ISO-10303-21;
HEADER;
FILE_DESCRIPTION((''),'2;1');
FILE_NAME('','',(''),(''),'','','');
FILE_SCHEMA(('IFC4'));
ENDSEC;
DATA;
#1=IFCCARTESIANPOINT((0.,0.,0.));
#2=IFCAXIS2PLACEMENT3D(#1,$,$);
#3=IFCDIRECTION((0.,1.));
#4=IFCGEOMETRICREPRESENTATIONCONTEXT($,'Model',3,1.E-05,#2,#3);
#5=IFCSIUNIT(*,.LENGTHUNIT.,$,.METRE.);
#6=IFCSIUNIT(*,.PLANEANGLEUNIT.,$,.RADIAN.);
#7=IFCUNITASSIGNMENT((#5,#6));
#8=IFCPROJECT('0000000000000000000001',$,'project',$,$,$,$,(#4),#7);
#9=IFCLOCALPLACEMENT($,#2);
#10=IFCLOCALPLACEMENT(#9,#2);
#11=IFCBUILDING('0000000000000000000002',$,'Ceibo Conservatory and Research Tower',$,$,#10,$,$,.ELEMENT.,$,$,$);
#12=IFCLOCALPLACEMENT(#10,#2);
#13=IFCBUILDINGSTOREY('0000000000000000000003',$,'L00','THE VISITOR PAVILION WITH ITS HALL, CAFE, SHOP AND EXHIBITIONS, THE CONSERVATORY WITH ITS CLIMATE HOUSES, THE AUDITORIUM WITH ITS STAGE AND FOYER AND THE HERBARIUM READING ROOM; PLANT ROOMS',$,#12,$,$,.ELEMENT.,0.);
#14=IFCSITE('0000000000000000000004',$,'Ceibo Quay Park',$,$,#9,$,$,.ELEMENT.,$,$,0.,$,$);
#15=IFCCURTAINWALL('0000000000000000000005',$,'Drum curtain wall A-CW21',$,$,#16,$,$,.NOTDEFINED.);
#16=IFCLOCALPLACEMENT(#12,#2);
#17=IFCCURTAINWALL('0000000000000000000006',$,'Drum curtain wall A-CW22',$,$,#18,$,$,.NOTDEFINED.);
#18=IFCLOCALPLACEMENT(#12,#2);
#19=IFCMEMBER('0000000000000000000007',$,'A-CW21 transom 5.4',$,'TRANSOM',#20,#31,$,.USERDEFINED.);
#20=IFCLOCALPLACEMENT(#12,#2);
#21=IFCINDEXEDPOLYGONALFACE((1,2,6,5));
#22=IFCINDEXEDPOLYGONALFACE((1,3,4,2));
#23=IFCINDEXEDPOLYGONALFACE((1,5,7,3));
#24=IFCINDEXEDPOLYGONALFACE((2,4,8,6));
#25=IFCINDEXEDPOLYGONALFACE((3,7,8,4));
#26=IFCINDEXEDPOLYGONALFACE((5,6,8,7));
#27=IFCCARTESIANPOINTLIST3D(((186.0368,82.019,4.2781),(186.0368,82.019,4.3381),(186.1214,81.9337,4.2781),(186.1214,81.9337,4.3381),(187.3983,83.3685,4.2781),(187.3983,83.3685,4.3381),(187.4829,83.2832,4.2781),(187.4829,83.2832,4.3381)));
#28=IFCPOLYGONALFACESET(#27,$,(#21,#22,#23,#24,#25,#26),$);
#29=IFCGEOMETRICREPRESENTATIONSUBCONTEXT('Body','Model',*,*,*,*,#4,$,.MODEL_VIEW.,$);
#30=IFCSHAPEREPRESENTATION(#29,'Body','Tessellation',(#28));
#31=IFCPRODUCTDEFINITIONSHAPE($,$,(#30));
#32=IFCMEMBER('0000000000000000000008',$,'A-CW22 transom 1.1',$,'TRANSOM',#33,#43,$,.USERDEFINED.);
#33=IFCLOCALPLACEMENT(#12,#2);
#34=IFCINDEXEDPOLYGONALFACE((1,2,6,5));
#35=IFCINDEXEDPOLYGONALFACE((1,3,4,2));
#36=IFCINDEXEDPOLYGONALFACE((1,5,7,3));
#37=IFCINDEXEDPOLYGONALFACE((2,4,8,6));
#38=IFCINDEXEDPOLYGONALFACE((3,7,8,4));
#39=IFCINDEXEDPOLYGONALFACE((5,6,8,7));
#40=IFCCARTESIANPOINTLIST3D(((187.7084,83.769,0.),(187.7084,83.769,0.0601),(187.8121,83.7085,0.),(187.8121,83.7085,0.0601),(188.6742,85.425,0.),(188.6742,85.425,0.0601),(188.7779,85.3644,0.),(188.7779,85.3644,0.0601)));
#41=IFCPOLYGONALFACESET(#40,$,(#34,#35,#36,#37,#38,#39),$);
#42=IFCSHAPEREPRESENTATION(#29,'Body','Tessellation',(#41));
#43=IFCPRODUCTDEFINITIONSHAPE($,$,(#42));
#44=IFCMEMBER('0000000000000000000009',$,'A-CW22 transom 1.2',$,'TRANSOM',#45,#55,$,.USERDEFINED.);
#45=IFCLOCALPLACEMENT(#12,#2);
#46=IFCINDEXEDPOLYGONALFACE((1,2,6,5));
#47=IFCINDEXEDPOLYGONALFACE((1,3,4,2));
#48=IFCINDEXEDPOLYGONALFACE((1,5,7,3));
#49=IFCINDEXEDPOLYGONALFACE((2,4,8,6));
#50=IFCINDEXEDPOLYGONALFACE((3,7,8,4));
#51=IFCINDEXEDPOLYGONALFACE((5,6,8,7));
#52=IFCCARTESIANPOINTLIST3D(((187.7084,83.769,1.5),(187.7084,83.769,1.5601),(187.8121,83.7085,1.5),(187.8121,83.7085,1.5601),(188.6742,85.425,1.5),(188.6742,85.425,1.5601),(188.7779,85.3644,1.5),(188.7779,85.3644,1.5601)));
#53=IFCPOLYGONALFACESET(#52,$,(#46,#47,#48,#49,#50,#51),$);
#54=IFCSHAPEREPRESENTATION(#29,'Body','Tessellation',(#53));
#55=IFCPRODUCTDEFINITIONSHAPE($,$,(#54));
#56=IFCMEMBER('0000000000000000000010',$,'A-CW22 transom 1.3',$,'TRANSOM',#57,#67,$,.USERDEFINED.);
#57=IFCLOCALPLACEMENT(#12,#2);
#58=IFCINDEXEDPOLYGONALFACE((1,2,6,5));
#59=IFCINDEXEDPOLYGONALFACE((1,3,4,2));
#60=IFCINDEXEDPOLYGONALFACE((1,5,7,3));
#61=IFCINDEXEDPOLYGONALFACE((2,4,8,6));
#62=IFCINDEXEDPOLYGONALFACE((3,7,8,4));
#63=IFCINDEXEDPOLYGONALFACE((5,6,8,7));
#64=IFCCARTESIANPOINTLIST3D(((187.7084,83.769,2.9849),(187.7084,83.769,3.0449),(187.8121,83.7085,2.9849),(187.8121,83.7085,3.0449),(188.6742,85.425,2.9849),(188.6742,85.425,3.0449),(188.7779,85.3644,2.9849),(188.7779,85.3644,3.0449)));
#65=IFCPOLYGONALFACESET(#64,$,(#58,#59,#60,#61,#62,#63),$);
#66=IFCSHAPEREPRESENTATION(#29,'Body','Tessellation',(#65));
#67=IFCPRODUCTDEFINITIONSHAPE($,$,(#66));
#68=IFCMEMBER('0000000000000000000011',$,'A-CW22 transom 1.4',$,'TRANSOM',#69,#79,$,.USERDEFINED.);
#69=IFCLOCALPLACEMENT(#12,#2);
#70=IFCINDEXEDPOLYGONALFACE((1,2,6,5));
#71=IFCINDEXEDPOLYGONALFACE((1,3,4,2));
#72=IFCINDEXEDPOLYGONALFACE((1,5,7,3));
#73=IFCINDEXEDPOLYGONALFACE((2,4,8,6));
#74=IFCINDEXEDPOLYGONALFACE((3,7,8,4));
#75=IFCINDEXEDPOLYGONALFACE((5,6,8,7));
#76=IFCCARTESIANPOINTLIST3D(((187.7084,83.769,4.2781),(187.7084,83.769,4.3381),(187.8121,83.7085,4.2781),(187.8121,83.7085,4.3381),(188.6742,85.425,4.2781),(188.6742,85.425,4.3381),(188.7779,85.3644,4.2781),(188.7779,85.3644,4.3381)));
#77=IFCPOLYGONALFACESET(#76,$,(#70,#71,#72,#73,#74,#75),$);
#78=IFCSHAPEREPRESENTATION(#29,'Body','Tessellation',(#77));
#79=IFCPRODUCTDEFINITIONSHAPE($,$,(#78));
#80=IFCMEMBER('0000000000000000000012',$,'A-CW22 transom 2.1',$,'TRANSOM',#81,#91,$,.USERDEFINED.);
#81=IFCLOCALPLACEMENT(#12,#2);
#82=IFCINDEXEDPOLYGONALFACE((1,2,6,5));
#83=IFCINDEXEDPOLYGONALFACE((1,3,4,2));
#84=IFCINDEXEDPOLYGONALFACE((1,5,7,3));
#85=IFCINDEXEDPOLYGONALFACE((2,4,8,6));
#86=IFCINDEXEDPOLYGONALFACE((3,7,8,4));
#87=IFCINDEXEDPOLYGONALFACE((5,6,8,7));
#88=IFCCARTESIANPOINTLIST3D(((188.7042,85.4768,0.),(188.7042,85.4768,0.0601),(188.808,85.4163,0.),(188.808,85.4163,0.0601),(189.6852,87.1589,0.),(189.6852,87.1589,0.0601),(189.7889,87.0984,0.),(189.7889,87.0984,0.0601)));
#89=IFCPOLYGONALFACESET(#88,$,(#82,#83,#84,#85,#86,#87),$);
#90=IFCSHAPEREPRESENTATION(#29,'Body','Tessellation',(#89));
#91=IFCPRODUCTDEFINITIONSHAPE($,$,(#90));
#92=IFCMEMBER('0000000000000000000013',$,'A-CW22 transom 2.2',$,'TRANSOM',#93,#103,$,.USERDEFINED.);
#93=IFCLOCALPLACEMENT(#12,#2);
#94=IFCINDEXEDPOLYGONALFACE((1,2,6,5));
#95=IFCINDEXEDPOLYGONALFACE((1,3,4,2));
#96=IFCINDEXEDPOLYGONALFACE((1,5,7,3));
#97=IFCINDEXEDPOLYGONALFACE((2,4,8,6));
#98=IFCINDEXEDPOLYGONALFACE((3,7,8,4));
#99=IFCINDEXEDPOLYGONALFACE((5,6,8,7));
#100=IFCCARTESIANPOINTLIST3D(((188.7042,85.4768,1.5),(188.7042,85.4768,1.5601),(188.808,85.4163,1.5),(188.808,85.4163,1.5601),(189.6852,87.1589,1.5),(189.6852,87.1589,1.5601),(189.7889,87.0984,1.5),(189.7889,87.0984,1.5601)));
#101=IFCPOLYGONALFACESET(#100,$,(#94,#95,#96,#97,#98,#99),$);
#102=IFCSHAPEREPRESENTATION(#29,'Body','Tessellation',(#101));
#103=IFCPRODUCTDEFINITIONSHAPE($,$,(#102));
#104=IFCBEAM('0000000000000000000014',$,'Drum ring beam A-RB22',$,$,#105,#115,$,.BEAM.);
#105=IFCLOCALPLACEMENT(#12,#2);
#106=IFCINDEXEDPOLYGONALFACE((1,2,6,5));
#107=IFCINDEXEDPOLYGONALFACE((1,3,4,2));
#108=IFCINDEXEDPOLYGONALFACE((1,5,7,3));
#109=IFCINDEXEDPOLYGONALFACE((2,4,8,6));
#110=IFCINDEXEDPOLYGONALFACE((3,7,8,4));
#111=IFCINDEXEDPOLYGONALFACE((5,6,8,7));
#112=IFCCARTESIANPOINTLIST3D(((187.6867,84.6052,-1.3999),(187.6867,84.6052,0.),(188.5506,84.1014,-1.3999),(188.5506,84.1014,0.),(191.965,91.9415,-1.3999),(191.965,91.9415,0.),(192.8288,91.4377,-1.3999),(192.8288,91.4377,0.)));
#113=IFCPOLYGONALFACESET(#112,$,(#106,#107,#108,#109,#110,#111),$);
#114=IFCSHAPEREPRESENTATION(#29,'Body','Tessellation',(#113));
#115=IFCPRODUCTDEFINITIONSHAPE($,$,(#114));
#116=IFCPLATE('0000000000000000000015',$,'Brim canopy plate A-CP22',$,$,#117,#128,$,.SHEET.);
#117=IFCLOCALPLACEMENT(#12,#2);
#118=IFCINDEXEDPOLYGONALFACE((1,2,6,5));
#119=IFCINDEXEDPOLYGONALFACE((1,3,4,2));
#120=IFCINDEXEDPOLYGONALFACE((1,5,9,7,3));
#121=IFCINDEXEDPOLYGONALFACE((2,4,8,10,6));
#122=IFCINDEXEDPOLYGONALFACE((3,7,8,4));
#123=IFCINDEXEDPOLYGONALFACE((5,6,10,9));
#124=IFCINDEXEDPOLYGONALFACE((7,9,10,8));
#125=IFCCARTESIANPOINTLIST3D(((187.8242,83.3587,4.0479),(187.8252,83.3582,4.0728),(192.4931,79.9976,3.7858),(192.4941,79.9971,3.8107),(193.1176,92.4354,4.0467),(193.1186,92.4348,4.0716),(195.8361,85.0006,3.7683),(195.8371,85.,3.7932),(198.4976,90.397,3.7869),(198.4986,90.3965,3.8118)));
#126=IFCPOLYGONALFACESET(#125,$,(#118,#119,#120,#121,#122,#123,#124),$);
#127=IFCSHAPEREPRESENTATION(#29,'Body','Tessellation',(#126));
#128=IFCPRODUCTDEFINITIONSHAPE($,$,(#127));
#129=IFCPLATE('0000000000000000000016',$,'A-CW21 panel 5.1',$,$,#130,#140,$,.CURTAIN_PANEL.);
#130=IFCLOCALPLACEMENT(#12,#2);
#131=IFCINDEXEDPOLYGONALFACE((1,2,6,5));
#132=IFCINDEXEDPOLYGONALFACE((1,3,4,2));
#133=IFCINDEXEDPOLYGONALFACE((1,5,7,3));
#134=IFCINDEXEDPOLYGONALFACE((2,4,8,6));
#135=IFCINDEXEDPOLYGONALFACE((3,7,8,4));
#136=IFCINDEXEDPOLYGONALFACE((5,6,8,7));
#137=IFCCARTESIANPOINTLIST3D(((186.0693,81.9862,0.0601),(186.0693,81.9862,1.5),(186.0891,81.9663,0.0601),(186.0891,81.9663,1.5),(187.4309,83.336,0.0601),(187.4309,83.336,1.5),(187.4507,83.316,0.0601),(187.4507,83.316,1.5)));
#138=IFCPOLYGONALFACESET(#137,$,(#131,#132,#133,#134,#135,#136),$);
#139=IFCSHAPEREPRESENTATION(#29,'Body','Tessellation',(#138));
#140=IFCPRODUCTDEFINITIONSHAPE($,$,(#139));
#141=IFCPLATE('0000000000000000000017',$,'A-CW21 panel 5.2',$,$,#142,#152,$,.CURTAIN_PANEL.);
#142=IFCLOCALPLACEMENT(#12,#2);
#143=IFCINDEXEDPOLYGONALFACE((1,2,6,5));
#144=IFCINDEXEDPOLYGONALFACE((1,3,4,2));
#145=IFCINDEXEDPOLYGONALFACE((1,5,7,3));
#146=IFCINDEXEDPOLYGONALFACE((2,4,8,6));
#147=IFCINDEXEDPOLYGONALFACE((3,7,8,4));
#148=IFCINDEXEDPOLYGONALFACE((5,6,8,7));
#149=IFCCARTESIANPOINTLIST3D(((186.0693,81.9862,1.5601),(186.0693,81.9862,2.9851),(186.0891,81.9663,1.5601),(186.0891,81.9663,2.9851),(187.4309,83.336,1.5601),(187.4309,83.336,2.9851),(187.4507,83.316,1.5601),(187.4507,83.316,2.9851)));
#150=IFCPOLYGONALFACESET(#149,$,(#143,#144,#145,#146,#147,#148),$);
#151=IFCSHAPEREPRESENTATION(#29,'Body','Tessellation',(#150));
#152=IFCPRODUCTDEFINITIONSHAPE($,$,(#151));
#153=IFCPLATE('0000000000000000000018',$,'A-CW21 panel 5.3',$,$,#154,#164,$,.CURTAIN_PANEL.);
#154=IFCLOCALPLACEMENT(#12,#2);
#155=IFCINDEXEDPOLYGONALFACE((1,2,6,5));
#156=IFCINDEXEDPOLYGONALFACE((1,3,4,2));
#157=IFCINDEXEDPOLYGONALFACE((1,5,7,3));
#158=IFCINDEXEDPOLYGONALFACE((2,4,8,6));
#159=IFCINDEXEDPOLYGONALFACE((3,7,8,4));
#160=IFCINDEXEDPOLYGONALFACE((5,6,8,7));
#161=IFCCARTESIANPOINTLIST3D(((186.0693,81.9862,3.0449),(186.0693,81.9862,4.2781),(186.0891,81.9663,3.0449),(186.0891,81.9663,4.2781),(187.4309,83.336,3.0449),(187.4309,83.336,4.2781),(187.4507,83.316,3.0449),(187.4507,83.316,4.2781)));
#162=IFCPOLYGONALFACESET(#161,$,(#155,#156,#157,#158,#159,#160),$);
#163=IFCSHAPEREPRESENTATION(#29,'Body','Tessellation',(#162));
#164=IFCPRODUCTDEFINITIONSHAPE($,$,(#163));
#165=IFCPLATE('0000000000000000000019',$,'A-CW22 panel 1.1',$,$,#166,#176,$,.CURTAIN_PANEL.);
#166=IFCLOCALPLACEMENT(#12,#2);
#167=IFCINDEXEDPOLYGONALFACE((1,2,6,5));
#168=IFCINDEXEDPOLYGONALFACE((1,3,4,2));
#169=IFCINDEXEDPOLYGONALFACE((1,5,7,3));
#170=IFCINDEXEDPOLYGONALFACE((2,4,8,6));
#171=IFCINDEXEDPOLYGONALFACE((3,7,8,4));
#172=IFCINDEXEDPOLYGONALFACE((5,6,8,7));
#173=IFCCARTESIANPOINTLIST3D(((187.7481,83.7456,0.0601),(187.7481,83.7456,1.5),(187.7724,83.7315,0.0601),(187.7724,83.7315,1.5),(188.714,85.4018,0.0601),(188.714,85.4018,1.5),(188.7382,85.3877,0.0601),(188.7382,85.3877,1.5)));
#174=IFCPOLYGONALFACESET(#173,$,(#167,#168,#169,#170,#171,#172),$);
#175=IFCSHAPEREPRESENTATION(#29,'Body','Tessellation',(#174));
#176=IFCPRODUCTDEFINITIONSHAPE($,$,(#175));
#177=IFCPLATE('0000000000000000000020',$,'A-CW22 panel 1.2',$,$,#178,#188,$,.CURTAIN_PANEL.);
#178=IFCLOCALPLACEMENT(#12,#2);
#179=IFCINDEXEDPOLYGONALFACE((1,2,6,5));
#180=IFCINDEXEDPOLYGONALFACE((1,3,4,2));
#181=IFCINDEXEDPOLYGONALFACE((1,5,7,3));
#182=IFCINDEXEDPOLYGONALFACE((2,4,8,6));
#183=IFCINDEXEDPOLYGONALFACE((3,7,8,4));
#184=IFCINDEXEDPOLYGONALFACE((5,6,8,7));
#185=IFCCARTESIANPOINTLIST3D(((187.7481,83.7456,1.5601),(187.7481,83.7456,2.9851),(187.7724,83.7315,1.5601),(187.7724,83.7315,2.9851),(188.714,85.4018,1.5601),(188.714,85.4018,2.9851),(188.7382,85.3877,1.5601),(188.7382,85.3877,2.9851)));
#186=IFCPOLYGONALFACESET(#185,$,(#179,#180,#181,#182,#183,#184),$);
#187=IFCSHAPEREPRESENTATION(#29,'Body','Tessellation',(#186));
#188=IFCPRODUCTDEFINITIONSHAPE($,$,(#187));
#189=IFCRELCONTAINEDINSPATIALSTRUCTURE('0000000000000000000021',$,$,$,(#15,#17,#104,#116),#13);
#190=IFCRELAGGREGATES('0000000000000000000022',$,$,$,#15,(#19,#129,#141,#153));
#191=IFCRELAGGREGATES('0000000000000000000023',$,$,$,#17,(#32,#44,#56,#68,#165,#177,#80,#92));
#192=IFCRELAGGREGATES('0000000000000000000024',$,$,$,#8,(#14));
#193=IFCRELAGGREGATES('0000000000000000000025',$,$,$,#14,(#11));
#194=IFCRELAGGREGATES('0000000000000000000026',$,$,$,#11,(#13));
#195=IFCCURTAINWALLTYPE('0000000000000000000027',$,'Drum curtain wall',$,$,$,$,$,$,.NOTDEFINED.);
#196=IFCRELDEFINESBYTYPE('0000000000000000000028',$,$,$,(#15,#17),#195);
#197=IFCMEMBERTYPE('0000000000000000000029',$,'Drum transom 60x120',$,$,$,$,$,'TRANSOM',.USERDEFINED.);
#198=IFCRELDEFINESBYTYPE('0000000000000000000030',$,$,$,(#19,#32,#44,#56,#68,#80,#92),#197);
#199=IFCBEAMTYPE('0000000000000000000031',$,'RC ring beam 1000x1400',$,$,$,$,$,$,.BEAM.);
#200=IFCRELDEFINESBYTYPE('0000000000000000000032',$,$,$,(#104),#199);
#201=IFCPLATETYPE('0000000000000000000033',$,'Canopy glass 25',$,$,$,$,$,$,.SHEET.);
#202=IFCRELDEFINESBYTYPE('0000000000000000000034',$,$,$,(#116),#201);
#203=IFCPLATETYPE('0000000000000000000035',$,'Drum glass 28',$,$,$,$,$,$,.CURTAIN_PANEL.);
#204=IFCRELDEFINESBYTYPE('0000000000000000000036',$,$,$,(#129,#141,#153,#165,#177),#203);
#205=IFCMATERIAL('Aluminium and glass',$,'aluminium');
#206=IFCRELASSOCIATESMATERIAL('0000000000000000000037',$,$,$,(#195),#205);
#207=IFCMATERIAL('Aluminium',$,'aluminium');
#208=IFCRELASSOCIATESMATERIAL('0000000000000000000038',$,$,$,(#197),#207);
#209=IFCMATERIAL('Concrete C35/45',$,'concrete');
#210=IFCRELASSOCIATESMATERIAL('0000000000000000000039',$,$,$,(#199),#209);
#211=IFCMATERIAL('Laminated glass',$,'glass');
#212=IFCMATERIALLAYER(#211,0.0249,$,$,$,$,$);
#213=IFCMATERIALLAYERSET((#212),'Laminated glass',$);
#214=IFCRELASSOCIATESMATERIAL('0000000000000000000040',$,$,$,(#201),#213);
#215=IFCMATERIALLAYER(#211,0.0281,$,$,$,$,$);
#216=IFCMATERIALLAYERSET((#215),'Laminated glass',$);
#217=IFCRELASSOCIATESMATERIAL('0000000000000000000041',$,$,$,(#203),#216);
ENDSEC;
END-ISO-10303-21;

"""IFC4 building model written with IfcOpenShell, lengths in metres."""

from ifc_helpers import new_model, si_unit, direction, frame, origin, origin_2d, place, context, subcontext, project, spatial, polyline, rectangle, outline, extrude, material, layer, layer_set, material_profile, profile_set, type_object, element, aggregate, save


model = new_model("IFC4")

# Units and contexts
model_context = context("Model", 3, precision=1e-05, world=origin(), true_north=direction((0.0, 1.0)))
body_context = subcontext(model_context, "Body", "Model", "MODEL_VIEW")
ifc_project = project(units=[si_unit("LENGTHUNIT", "METRE"), si_unit("PLANEANGLEUNIT", "RADIAN")], contexts=[model_context])

# Site, building, storey
site_placement = place(None, origin())
site = spatial("IfcSite", under=ifc_project, at=site_placement, Name="Ceibo Quay Park", CompositionType="ELEMENT", RefElevation=0.0)
building_placement = place(site_placement, origin())
building = spatial("IfcBuilding", under=site, at=building_placement, Name="Ceibo Conservatory and Research Tower", CompositionType="ELEMENT")
storey_placement = place(building_placement, origin())
storey = spatial("IfcBuildingStorey", under=building, at=storey_placement, Name="L00", Description="THE VISITOR PAVILION WITH ITS HALL, CAFE, SHOP AND EXHIBITIONS, THE CONSERVATORY WITH ITS CLIMATE HOUSES, THE AUDITORIUM WITH ITS STAGE AND FOYER AND THE HERBARIUM READING ROOM; PLANT ROOMS", CompositionType="ELEMENT", Elevation=0.0)

# Shared definitions
ifc_material_1 = material(Name="Concrete C35/45", Category="concrete")

# Curtain wall
ifc_material_2 = material(Name="Aluminium and glass", Category="aluminium")
curtain_wall_type = type_object("IfcCurtainWallType", Name="Drum curtain wall", PredefinedType="NOTDEFINED", material=ifc_material_2)
curtain_wall_1_placement = place(storey_placement, origin())
curtain_wall_1 = element("IfcCurtainWall", 1, at=curtain_wall_1_placement, inside=storey, type_object=curtain_wall_type, Name="Drum curtain wall A-CW21", PredefinedType="NOTDEFINED")
ifc_material_3 = material(Name="Aluminium", Category="aluminium")

# Curtain wall
curtain_wall_2_placement = place(storey_placement, origin())
curtain_wall_2 = element("IfcCurtainWall", 2, at=curtain_wall_2_placement, inside=storey, type_object=curtain_wall_type, Name="Drum curtain wall A-CW22", PredefinedType="NOTDEFINED")

# Members
ifc_material_profile_1 = material_profile(ifc_material_3, rectangle(XDim=0.1201, YDim=0.0601, at=origin_2d()), Name="AL 60x120")
ifc_profile_set_1 = profile_set([ifc_material_profile_1], Name="Aluminium")
member_type_1 = type_object("IfcMemberType", Name="Drum transom 60x120", ElementType="TRANSOM", PredefinedType="USERDEFINED", material=ifc_profile_set_1)
member_1_placement = place(storey_placement, frame((186.0791, 81.9763, 4.3081), z_axis=(0.71022, 0.70398, 0.0), x_axis=(-0.70398, 0.71022, 0.0)))
member_1 = element("IfcMember", 3, at=member_1_placement, type_object=member_type_1, Name="A-CW21 transom 5.4", ObjectType="TRANSOM", PredefinedType="USERDEFINED", context=body_context, shape_type="SweptSolid", body=[
    extrude(rectangle(XDim=0.1201, YDim=0.0601, at=origin_2d()), origin(), (0.0, 0.0, 1.0), 1.917),
])
member_2_placement = place(storey_placement, frame((187.7603, 83.7388, 0.03), z_axis=(0.5038, 0.86382, 0.0), x_axis=(-0.86382, 0.5038, 0.0)))
member_2 = element("IfcMember", 4, at=member_2_placement, type_object=member_type_1, Name="A-CW22 transom 1.1", ObjectType="TRANSOM", PredefinedType="USERDEFINED", context=body_context, shape_type="SweptSolid", body=[
    extrude(rectangle(XDim=0.1201, YDim=0.0601, at=origin_2d()), origin(), (0.0, 0.0, 1.0), 1.917),
])
member_3_placement = place(storey_placement, frame((187.7603, 83.7388, 1.53), z_axis=(0.5038, 0.86382, 0.0), x_axis=(-0.86382, 0.5038, 0.0)))
member_3 = element("IfcMember", 5, at=member_3_placement, type_object=member_type_1, Name="A-CW22 transom 1.2", ObjectType="TRANSOM", PredefinedType="USERDEFINED", context=body_context, shape_type="SweptSolid", body=[
    extrude(rectangle(XDim=0.1201, YDim=0.0601, at=origin_2d()), origin(), (0.0, 0.0, 1.0), 1.917),
])
member_4_placement = place(storey_placement, frame((187.7603, 83.7388, 3.0149), z_axis=(0.5038, 0.86382, 0.0), x_axis=(-0.86382, 0.5038, 0.0)))
member_4 = element("IfcMember", 6, at=member_4_placement, type_object=member_type_1, Name="A-CW22 transom 1.3", ObjectType="TRANSOM", PredefinedType="USERDEFINED", context=body_context, shape_type="SweptSolid", body=[
    extrude(rectangle(XDim=0.1201, YDim=0.0601, at=origin_2d()), origin(), (0.0, 0.0, 1.0), 1.917),
])
member_5_placement = place(storey_placement, frame((187.7603, 83.7388, 4.3081), z_axis=(0.5038, 0.86382, 0.0), x_axis=(-0.86382, 0.5038, 0.0)))
member_5 = element("IfcMember", 7, at=member_5_placement, type_object=member_type_1, Name="A-CW22 transom 1.4", ObjectType="TRANSOM", PredefinedType="USERDEFINED", context=body_context, shape_type="SweptSolid", body=[
    extrude(rectangle(XDim=0.1201, YDim=0.0601, at=origin_2d()), origin(), (0.0, 0.0, 1.0), 1.917),
])
member_6_placement = place(storey_placement, frame((188.7561, 85.4465, 0.03), z_axis=(0.503762, 0.863843, 0.0), x_axis=(-0.863843, 0.503762, 0.0)))
member_6 = element("IfcMember", 8, at=member_6_placement, type_object=member_type_1, Name="A-CW22 transom 2.1", ObjectType="TRANSOM", PredefinedType="USERDEFINED", context=body_context, shape_type="SweptSolid", body=[
    extrude(rectangle(XDim=0.1201, YDim=0.0601, at=origin_2d()), origin(), (0.0, 0.0, 1.0), 1.9473),
])
member_7_placement = place(storey_placement, frame((188.7561, 85.4465, 1.53), z_axis=(0.503762, 0.863843, 0.0), x_axis=(-0.863843, 0.503762, 0.0)))
member_7 = element("IfcMember", 9, at=member_7_placement, type_object=member_type_1, Name="A-CW22 transom 2.2", ObjectType="TRANSOM", PredefinedType="USERDEFINED", context=body_context, shape_type="SweptSolid", body=[
    extrude(rectangle(XDim=0.1201, YDim=0.0601, at=origin_2d()), origin(), (0.0, 0.0, 1.0), 1.9473),
])

# Beam
ifc_material_profile_2 = material_profile(ifc_material_1, rectangle(XDim=1.0, YDim=1.3999, at=origin_2d()), Name="RC 1000x1400")
ifc_profile_set_2 = profile_set([ifc_material_profile_2], Name="Concrete C35/45")
beam_type = type_object("IfcBeamType", Name="RC ring beam 1000x1400", PredefinedType="BEAM", material=ifc_profile_set_2)
beam_placement = place(storey_placement, frame((188.1187, 84.3533, -0.7), z_axis=(0.50376, 0.863844, 0.0), x_axis=(-0.863844, 0.50376, 0.0)))
element("IfcBeam", 10, at=beam_placement, inside=storey, type_object=beam_type, Name="Drum ring beam A-RB22", PredefinedType="BEAM", context=body_context, shape_type="SweptSolid", body=[
    extrude(rectangle(XDim=1.0, YDim=1.3999, at=origin_2d()), origin(), (0.0, 0.0, 1.0), 8.4927),
])

# Plates
ifc_material_4 = material(Name="Laminated glass", Category="glass")
ifc_layer_1 = layer(ifc_material_4, 0.0249)
ifc_layer_set_1 = layer_set([ifc_layer_1], Name="Laminated glass")
plate_type_1 = type_object("IfcPlateType", Name="Canopy glass 25", PredefinedType="SHEET", material=ifc_layer_set_1)
plate_1_placement = place(storey_placement, frame((187.8252, 83.3582, 4.0728), z_axis=(-0.039557, 0.022943, -0.998954), x_axis=(0.503777, 0.863834, -0.000109)))
element("IfcPlate", 11, at=plate_1_placement, inside=storey, type_object=plate_type_1, Name="Brim canopy plate A-CP22", PredefinedType="SHEET", context=body_context, shape_type="SweptSolid", body=[
    extrude(outline(polyline([(0.0, 0.0), (10.5074, 0.0), (11.457, 5.6802), (5.4546, 6.1002), (-0.5513, 5.7324), (0.0, 0.0)])), origin(), (0.0, 0.0, 1.0), 0.0249),
])
ifc_layer_2 = layer(ifc_material_4, 0.0281)
ifc_layer_set_2 = layer_set([ifc_layer_2], Name="Laminated glass")
plate_type_2 = type_object("IfcPlateType", Name="Drum glass 28", PredefinedType="CURTAIN_PANEL", material=ifc_layer_set_2)
plate_2_placement = place(storey_placement, frame((186.76, 82.6511, 0.0601), z_axis=(0.0, 0.0, 1.0), x_axis=(0.710185, 0.704015, 0.0)))
plate_2 = element("IfcPlate", 12, at=plate_2_placement, type_object=plate_type_2, Name="A-CW21 panel 5.1", PredefinedType="CURTAIN_PANEL", context=body_context, shape_type="SweptSolid", body=[
    extrude(rectangle(XDim=1.9172, YDim=0.0281, at=origin_2d()), origin(), (0.0, 0.0, 1.0), 1.4399),
])
plate_3_placement = place(storey_placement, frame((186.76, 82.6511, 1.5601), z_axis=(0.0, 0.0, 1.0), x_axis=(0.710185, 0.704015, 0.0)))
plate_3 = element("IfcPlate", 13, at=plate_3_placement, type_object=plate_type_2, Name="A-CW21 panel 5.2", PredefinedType="CURTAIN_PANEL", context=body_context, shape_type="SweptSolid", body=[
    extrude(rectangle(XDim=1.9172, YDim=0.0281, at=origin_2d()), origin(), (0.0, 0.0, 1.0), 1.425),
])
plate_4_placement = place(storey_placement, frame((186.76, 82.6511, 3.0449), z_axis=(0.0, 0.0, 1.0), x_axis=(0.710185, 0.704015, 0.0)))
plate_4 = element("IfcPlate", 14, at=plate_4_placement, type_object=plate_type_2, Name="A-CW21 panel 5.3", PredefinedType="CURTAIN_PANEL", context=body_context, shape_type="SweptSolid", body=[
    extrude(rectangle(XDim=1.9172, YDim=0.0281, at=origin_2d()), origin(), (0.0, 0.0, 1.0), 1.2332),
])
aggregate(curtain_wall_1, [member_1, plate_2, plate_3, plate_4])
plate_5_placement = place(storey_placement, frame((188.2432, 84.5667, 0.0601), z_axis=(0.0, 0.0, 1.0), x_axis=(0.503774, 0.863836, 0.0)))
plate_5 = element("IfcPlate", 15, at=plate_5_placement, type_object=plate_type_2, Name="A-CW22 panel 1.1", PredefinedType="CURTAIN_PANEL", context=body_context, shape_type="SweptSolid", body=[
    extrude(rectangle(XDim=1.9172, YDim=0.0281, at=origin_2d()), origin(), (0.0, 0.0, 1.0), 1.4399),
])
plate_6_placement = place(storey_placement, frame((188.2432, 84.5667, 1.5601), z_axis=(0.0, 0.0, 1.0), x_axis=(0.503774, 0.863836, 0.0)))
plate_6 = element("IfcPlate", 16, at=plate_6_placement, type_object=plate_type_2, Name="A-CW22 panel 1.2", PredefinedType="CURTAIN_PANEL", context=body_context, shape_type="SweptSolid", body=[
    extrude(rectangle(XDim=1.9172, YDim=0.0281, at=origin_2d()), origin(), (0.0, 0.0, 1.0), 1.425),
])
aggregate(curtain_wall_2, [member_2, member_3, member_4, member_5, plate_5, plate_6, member_6, member_7])

save(model, "model.ifc")
